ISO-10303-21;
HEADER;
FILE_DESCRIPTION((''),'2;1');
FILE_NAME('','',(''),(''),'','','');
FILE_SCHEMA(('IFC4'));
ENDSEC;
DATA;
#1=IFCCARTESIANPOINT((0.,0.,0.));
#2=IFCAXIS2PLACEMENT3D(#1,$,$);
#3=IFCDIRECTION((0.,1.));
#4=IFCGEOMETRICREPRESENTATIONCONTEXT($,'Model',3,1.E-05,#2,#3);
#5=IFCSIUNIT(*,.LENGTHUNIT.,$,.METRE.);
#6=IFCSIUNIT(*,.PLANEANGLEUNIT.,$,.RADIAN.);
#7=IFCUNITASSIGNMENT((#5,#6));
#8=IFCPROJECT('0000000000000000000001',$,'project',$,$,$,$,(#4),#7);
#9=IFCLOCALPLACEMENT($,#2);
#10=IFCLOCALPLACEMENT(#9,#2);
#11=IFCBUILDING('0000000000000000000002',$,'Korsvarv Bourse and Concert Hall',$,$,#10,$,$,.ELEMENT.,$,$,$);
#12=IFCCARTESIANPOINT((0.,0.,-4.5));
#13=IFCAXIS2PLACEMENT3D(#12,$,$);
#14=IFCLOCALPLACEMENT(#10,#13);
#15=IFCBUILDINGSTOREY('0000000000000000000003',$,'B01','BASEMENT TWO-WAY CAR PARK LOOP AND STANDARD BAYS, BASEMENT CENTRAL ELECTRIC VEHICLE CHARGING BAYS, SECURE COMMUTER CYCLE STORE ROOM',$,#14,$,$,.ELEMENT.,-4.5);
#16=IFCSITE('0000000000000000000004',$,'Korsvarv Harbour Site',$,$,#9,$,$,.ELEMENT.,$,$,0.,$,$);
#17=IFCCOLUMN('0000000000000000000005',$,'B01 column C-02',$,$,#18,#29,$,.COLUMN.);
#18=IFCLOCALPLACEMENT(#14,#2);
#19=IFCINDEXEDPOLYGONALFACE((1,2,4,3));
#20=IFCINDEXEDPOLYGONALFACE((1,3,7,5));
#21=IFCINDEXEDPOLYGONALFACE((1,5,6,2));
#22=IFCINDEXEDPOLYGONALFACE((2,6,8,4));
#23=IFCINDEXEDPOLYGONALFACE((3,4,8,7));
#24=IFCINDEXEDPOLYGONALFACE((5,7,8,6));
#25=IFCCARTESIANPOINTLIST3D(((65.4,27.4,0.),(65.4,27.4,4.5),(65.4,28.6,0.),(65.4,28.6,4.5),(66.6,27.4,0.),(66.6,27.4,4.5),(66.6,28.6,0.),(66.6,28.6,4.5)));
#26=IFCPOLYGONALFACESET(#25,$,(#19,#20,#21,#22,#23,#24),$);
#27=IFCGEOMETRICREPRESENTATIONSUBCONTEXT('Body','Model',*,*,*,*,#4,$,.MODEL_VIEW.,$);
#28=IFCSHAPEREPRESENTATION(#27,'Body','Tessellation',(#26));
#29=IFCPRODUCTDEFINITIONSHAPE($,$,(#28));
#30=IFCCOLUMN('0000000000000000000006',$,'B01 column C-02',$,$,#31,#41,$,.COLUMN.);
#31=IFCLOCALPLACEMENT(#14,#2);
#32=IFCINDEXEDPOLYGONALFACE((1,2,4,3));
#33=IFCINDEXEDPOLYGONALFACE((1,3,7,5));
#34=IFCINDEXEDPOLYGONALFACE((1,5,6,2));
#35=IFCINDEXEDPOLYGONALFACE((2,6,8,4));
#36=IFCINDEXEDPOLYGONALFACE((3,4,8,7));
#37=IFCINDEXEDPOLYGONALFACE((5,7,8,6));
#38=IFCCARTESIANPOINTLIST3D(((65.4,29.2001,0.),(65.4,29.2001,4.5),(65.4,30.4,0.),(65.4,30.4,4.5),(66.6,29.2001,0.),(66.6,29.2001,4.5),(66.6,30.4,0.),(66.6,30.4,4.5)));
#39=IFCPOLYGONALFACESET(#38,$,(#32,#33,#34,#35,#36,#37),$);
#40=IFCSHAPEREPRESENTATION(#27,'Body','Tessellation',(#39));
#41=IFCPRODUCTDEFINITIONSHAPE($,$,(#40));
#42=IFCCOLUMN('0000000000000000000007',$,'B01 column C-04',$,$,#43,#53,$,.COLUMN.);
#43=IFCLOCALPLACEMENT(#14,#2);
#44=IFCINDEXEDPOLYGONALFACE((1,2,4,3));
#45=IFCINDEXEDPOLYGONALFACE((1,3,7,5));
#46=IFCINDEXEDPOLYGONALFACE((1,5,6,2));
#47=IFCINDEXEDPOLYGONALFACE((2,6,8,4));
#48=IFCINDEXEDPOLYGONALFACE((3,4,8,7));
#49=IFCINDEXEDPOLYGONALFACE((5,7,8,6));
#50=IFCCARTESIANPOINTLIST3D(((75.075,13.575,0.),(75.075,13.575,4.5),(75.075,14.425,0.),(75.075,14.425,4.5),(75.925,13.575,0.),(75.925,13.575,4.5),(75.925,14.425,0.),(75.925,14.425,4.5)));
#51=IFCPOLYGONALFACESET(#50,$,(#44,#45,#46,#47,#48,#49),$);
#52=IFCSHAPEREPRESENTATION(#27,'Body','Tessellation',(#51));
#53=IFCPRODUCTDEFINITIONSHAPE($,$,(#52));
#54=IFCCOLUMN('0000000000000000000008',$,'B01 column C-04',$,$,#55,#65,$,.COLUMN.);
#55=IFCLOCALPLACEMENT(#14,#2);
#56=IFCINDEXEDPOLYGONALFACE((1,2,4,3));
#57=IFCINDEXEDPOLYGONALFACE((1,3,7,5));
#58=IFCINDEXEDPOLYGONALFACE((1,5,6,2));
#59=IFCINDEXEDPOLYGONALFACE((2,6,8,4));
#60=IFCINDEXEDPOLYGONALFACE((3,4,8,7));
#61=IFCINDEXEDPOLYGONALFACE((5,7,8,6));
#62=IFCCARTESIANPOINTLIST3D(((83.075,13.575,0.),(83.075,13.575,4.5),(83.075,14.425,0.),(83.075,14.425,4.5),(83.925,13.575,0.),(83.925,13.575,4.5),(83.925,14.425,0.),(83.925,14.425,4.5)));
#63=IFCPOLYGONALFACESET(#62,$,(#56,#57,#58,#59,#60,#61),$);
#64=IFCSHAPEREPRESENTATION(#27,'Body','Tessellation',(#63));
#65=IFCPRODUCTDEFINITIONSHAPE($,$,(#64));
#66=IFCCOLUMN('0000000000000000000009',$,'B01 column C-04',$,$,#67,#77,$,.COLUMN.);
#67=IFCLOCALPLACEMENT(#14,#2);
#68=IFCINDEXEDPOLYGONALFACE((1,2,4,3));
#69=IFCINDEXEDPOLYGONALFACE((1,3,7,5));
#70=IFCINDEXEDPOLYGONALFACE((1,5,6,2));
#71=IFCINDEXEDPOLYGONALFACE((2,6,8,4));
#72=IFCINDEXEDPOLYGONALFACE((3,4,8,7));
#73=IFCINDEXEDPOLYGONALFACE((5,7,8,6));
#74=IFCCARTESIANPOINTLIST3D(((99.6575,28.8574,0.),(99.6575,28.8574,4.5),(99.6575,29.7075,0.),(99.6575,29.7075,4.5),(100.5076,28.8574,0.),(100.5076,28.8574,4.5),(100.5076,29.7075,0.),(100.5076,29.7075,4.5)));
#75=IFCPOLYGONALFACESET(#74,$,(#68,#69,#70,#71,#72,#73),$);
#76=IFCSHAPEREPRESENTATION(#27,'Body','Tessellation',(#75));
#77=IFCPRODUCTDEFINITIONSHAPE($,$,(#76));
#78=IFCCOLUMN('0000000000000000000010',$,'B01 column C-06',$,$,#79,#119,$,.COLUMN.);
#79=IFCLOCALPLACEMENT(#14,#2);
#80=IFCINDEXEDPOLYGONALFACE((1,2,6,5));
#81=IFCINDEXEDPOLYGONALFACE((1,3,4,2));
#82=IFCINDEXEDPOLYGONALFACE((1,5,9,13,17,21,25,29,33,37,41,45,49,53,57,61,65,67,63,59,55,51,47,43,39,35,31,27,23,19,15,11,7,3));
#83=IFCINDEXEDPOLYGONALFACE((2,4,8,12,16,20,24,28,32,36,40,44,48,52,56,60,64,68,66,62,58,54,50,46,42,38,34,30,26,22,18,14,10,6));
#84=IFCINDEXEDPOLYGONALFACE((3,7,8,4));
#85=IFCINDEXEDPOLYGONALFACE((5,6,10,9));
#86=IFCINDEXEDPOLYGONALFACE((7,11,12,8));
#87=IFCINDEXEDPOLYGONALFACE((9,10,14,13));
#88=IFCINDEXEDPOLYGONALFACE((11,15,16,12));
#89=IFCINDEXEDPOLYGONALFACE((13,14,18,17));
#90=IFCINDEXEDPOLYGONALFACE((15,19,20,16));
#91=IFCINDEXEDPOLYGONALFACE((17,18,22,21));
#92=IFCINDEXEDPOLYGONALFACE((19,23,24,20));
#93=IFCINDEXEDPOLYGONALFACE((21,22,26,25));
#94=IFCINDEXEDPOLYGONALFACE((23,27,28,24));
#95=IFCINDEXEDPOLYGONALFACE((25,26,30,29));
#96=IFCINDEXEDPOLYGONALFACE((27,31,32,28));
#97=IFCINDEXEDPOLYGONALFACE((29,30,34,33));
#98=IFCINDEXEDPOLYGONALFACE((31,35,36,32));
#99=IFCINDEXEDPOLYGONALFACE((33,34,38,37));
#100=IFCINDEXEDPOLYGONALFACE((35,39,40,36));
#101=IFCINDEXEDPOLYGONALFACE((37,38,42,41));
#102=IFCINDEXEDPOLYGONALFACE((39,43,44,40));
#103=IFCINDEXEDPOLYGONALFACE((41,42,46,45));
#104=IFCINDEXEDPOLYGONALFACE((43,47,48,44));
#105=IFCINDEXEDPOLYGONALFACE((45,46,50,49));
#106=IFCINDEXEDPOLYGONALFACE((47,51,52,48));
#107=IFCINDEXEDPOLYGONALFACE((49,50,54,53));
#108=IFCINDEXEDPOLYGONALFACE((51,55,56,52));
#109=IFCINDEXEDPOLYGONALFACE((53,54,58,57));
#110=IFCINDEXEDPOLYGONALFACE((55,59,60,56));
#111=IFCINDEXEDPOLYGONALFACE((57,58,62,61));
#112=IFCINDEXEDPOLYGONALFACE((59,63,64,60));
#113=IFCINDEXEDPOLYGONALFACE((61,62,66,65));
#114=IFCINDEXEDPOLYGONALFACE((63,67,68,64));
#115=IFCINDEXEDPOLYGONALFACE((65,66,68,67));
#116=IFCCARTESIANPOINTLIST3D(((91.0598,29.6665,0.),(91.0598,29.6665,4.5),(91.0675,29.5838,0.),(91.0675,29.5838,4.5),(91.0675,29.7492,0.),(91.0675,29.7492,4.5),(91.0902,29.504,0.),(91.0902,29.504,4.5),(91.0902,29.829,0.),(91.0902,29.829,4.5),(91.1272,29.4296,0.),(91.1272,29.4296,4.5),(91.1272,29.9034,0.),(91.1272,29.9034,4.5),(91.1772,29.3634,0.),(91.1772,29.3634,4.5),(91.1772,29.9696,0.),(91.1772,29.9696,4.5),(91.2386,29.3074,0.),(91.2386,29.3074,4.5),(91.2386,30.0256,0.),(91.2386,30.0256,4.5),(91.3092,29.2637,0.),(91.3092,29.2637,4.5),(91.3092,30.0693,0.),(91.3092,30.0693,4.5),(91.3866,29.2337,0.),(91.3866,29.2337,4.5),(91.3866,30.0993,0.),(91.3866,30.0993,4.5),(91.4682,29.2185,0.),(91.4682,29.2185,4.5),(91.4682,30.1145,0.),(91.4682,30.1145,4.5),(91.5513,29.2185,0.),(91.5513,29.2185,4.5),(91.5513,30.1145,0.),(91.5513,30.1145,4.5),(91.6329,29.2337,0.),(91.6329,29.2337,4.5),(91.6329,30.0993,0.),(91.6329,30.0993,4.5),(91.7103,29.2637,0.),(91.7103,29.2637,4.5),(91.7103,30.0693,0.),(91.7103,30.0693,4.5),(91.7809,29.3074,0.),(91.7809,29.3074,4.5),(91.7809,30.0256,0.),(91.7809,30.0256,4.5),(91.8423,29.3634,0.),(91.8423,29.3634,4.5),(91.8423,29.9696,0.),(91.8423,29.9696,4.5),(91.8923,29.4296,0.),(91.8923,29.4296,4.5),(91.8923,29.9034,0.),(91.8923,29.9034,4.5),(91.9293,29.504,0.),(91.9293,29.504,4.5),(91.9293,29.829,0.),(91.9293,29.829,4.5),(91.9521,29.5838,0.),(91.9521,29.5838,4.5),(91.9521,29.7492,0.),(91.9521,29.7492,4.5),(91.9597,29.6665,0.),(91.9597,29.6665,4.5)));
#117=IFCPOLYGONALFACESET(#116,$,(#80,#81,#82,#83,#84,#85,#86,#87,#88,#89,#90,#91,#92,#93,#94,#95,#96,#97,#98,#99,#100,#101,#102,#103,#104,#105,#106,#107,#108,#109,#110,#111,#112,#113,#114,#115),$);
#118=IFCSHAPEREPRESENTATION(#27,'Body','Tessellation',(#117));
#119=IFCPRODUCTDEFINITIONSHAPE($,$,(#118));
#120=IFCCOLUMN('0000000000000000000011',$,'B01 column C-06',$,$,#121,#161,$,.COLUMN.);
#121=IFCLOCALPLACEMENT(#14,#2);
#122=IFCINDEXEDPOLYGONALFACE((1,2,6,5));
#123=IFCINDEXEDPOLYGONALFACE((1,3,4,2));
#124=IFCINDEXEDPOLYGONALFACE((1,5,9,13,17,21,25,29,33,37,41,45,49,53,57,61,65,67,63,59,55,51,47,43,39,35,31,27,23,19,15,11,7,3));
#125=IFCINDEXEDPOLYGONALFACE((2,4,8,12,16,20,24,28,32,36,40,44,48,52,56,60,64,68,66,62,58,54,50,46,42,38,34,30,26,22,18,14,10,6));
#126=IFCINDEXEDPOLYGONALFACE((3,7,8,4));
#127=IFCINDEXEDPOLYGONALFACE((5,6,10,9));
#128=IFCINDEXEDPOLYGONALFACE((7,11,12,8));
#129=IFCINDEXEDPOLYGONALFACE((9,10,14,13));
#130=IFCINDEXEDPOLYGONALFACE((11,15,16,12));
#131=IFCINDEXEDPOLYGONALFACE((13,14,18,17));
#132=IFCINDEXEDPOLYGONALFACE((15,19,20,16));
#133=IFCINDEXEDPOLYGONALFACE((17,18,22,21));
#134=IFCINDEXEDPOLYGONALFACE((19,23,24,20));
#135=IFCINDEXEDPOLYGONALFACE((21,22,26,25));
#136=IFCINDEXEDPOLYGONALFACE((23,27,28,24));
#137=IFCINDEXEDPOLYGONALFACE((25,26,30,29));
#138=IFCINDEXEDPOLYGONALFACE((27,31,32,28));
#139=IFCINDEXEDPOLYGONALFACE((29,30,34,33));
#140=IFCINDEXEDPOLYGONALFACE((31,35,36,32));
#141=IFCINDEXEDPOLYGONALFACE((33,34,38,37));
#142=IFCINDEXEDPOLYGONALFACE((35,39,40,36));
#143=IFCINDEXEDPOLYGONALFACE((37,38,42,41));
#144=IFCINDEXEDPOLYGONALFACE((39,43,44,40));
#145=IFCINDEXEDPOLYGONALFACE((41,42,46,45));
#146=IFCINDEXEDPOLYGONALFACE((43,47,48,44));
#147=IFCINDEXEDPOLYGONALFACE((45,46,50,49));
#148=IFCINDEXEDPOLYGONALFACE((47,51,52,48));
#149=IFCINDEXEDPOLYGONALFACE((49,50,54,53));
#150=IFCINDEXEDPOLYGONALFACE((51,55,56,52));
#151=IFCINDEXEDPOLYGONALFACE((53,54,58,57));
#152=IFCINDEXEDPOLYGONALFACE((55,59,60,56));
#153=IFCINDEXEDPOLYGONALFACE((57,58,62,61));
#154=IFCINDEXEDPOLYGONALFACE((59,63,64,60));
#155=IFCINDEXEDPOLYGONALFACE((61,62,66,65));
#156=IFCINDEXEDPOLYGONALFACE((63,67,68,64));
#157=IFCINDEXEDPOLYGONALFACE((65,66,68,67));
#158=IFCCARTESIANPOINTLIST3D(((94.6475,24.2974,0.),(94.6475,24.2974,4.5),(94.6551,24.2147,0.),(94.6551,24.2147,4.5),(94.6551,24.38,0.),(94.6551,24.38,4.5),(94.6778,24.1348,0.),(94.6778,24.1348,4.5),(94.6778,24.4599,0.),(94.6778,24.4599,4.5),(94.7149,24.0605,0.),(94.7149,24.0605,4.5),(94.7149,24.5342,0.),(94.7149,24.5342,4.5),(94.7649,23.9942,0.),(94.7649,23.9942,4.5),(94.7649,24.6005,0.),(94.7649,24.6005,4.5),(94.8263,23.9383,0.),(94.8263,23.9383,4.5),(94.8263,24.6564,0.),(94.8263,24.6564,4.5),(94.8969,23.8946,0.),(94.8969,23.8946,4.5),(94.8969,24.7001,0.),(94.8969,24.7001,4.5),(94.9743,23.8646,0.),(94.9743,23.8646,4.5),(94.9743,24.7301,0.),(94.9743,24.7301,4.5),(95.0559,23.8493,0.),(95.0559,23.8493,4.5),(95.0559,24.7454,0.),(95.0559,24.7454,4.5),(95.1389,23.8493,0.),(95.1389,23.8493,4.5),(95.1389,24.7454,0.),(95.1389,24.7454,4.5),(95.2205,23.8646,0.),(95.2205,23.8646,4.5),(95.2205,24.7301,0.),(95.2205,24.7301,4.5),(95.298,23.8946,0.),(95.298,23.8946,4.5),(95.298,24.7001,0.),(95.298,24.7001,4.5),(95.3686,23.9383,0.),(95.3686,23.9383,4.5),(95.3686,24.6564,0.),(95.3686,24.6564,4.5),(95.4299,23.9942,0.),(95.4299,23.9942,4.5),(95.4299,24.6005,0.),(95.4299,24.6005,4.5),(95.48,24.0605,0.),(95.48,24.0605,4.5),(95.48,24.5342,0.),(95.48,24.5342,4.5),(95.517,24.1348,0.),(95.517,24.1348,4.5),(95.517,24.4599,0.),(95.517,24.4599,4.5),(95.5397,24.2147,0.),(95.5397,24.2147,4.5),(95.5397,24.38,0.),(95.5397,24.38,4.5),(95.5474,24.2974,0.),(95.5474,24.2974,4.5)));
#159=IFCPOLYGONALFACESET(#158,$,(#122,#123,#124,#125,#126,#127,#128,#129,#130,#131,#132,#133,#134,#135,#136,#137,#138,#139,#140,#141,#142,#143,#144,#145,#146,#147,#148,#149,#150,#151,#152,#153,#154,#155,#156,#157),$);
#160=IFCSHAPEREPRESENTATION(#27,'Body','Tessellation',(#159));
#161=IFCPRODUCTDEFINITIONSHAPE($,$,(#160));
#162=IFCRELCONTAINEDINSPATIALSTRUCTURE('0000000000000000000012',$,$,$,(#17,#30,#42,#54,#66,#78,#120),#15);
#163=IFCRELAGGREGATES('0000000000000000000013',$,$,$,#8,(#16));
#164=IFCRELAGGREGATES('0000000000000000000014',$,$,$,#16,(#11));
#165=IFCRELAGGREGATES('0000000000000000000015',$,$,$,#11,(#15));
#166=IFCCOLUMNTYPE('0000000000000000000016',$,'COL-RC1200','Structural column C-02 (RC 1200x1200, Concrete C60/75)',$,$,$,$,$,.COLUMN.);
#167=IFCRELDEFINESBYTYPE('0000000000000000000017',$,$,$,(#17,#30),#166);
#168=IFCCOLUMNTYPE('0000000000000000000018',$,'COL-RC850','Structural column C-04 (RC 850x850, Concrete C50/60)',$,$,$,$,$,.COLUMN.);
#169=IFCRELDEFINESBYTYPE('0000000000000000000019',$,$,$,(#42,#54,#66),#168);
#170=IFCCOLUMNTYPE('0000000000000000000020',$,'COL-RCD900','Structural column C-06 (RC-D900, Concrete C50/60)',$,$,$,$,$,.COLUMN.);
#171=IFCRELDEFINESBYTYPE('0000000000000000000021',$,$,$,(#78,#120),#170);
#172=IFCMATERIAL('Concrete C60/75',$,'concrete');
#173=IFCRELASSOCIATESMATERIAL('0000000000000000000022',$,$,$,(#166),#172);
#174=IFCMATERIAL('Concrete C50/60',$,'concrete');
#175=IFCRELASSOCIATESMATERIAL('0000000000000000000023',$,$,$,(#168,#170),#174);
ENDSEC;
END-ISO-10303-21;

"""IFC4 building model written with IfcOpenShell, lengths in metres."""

from ifc_helpers import new_model, si_unit, direction, frame, origin, origin_2d, place, context, subcontext, project, spatial, rectangle, circle, extrude, source, transform, mapped, material, material_profile, profile_set, type_object, element, save


model = new_model("IFC4")

# Units and contexts
model_context = context("Model", 3, precision=1e-05, world=origin(), true_north=direction((0.0, 1.0)))
body_context = subcontext(model_context, "Body", "Model", "MODEL_VIEW")
ifc_project = project(units=[si_unit("LENGTHUNIT", "METRE"), si_unit("PLANEANGLEUNIT", "RADIAN")], contexts=[model_context])

# Site, building, storey
site_placement = place(None, origin())
site = spatial("IfcSite", under=ifc_project, at=site_placement, Name="Korsvarv Harbour Site", CompositionType="ELEMENT", RefElevation=0.0)
building_placement = place(site_placement, origin())
building = spatial("IfcBuilding", under=site, at=building_placement, Name="Korsvarv Bourse and Concert Hall", CompositionType="ELEMENT")
storey_placement = place(building_placement, frame((0.0, 0.0, -4.5)))
storey = spatial("IfcBuildingStorey", under=building, at=storey_placement, Name="B01", Description="BASEMENT TWO-WAY CAR PARK LOOP AND STANDARD BAYS, BASEMENT CENTRAL ELECTRIC VEHICLE CHARGING BAYS, SECURE COMMUTER CYCLE STORE ROOM", CompositionType="ELEMENT", Elevation=-4.5)

# Columns
ifc_material_1 = material(Name="Concrete C60/75", Category="concrete")
ifc_material_profile_1 = material_profile(ifc_material_1, rectangle(XDim=1.2, YDim=1.2, at=origin_2d()), Name="RC 1200x1200")
ifc_profile_set_1 = profile_set([ifc_material_profile_1], Name="Concrete C60/75")
column_type_1 = type_object("IfcColumnType", Name="COL-RC1200", Description="Structural column C-02 (RC 1200x1200, Concrete C60/75)", PredefinedType="COLUMN", material=ifc_profile_set_1)
shared_shape_1 = source(origin(), body_context, "Body", "SweptSolid", [
    extrude(rectangle(XDim=1.2, YDim=1.2, at=origin_2d()), origin(), (0.0, 0.0, 1.0), 4.5),
])
for number, where, z_axis, x_axis, name in (
    (1, (66.0, 28.0, 0.0), (0.0, 0.0, 1.0), (1.0, 0.0, 0.0), "B01 column C-02"),
    (2, (66.0, 29.8, 0.0), (0.0, 0.0, 1.0), (1.0, 0.0, 0.0), "B01 column C-02"),
):
    element("IfcColumn", number, at=place(storey_placement, frame(where, z_axis=z_axis, x_axis=x_axis)), inside=storey, type_object=column_type_1, Name=name, PredefinedType="COLUMN", context=body_context, shape_type="MappedRepresentation", body=[
        mapped(shared_shape_1, transform((0.0, 0.0, 0.0), scale=1.0)),
    ])
ifc_material_2 = material(Name="Concrete C50/60", Category="concrete")
ifc_material_profile_2 = material_profile(ifc_material_2, rectangle(XDim=0.8501, YDim=0.8501, at=origin_2d()), Name="RC 850x850")
ifc_profile_set_2 = profile_set([ifc_material_profile_2], Name="Concrete C50/60")
column_type_2 = type_object("IfcColumnType", Name="COL-RC850", Description="Structural column C-04 (RC 850x850, Concrete C50/60)", PredefinedType="COLUMN", material=ifc_profile_set_2)
shared_shape_2 = source(origin(), body_context, "Body", "SweptSolid", [
    extrude(rectangle(XDim=0.8501, YDim=0.8501, at=origin_2d()), origin(), (0.0, 0.0, 1.0), 4.5),
])
for number, where, z_axis, x_axis, name in (
    (3, (75.5, 14.0, 0.0), (0.0, 0.0, 1.0), (1.0, 0.0, 0.0), "B01 column C-04"),
    (4, (83.5, 14.0, 0.0), (0.0, 0.0, 1.0), (1.0, 0.0, 0.0), "B01 column C-04"),
    (5, (100.0825, 29.2825, 0.0), (0.0, 0.0, 1.0), (1.0, 0.0, 0.0), "B01 column C-04"),
):
    element("IfcColumn", number, at=place(storey_placement, frame(where, z_axis=z_axis, x_axis=x_axis)), inside=storey, type_object=column_type_2, Name=name, PredefinedType="COLUMN", context=body_context, shape_type="MappedRepresentation", body=[
        mapped(shared_shape_2, transform((0.0, 0.0, 0.0), scale=1.0)),
    ])
ifc_material_profile_3 = material_profile(ifc_material_2, circle(Radius=0.45, at=origin_2d()), Name="RC-D900")
ifc_profile_set_3 = profile_set([ifc_material_profile_3], Name="Concrete C50/60")
column_type_3 = type_object("IfcColumnType", Name="COL-RCD900", Description="Structural column C-06 (RC-D900, Concrete C50/60)", PredefinedType="COLUMN", material=ifc_profile_set_3)
shared_shape_3 = source(origin(), body_context, "Body", "SweptSolid", [
    extrude(circle(Radius=0.45, at=origin_2d()), origin(), (0.0, 0.0, 1.0), 4.5),
])
for number, where, z_axis, x_axis, name in (
    (6, (91.5098, 29.6665, 0.0), (0.0, 0.0, 1.0), (1.0, 0.0, 0.0), "B01 column C-06"),
    (7, (95.0974, 24.2974, 0.0), (0.0, 0.0, 1.0), (1.0, 0.0, 0.0), "B01 column C-06"),
):
    element("IfcColumn", number, at=place(storey_placement, frame(where, z_axis=z_axis, x_axis=x_axis)), inside=storey, type_object=column_type_3, Name=name, PredefinedType="COLUMN", context=body_context, shape_type="MappedRepresentation", body=[
        mapped(shared_shape_3, transform((0.0, 0.0, 0.0), scale=1.0)),
    ])

save(model, "model.ifc")
